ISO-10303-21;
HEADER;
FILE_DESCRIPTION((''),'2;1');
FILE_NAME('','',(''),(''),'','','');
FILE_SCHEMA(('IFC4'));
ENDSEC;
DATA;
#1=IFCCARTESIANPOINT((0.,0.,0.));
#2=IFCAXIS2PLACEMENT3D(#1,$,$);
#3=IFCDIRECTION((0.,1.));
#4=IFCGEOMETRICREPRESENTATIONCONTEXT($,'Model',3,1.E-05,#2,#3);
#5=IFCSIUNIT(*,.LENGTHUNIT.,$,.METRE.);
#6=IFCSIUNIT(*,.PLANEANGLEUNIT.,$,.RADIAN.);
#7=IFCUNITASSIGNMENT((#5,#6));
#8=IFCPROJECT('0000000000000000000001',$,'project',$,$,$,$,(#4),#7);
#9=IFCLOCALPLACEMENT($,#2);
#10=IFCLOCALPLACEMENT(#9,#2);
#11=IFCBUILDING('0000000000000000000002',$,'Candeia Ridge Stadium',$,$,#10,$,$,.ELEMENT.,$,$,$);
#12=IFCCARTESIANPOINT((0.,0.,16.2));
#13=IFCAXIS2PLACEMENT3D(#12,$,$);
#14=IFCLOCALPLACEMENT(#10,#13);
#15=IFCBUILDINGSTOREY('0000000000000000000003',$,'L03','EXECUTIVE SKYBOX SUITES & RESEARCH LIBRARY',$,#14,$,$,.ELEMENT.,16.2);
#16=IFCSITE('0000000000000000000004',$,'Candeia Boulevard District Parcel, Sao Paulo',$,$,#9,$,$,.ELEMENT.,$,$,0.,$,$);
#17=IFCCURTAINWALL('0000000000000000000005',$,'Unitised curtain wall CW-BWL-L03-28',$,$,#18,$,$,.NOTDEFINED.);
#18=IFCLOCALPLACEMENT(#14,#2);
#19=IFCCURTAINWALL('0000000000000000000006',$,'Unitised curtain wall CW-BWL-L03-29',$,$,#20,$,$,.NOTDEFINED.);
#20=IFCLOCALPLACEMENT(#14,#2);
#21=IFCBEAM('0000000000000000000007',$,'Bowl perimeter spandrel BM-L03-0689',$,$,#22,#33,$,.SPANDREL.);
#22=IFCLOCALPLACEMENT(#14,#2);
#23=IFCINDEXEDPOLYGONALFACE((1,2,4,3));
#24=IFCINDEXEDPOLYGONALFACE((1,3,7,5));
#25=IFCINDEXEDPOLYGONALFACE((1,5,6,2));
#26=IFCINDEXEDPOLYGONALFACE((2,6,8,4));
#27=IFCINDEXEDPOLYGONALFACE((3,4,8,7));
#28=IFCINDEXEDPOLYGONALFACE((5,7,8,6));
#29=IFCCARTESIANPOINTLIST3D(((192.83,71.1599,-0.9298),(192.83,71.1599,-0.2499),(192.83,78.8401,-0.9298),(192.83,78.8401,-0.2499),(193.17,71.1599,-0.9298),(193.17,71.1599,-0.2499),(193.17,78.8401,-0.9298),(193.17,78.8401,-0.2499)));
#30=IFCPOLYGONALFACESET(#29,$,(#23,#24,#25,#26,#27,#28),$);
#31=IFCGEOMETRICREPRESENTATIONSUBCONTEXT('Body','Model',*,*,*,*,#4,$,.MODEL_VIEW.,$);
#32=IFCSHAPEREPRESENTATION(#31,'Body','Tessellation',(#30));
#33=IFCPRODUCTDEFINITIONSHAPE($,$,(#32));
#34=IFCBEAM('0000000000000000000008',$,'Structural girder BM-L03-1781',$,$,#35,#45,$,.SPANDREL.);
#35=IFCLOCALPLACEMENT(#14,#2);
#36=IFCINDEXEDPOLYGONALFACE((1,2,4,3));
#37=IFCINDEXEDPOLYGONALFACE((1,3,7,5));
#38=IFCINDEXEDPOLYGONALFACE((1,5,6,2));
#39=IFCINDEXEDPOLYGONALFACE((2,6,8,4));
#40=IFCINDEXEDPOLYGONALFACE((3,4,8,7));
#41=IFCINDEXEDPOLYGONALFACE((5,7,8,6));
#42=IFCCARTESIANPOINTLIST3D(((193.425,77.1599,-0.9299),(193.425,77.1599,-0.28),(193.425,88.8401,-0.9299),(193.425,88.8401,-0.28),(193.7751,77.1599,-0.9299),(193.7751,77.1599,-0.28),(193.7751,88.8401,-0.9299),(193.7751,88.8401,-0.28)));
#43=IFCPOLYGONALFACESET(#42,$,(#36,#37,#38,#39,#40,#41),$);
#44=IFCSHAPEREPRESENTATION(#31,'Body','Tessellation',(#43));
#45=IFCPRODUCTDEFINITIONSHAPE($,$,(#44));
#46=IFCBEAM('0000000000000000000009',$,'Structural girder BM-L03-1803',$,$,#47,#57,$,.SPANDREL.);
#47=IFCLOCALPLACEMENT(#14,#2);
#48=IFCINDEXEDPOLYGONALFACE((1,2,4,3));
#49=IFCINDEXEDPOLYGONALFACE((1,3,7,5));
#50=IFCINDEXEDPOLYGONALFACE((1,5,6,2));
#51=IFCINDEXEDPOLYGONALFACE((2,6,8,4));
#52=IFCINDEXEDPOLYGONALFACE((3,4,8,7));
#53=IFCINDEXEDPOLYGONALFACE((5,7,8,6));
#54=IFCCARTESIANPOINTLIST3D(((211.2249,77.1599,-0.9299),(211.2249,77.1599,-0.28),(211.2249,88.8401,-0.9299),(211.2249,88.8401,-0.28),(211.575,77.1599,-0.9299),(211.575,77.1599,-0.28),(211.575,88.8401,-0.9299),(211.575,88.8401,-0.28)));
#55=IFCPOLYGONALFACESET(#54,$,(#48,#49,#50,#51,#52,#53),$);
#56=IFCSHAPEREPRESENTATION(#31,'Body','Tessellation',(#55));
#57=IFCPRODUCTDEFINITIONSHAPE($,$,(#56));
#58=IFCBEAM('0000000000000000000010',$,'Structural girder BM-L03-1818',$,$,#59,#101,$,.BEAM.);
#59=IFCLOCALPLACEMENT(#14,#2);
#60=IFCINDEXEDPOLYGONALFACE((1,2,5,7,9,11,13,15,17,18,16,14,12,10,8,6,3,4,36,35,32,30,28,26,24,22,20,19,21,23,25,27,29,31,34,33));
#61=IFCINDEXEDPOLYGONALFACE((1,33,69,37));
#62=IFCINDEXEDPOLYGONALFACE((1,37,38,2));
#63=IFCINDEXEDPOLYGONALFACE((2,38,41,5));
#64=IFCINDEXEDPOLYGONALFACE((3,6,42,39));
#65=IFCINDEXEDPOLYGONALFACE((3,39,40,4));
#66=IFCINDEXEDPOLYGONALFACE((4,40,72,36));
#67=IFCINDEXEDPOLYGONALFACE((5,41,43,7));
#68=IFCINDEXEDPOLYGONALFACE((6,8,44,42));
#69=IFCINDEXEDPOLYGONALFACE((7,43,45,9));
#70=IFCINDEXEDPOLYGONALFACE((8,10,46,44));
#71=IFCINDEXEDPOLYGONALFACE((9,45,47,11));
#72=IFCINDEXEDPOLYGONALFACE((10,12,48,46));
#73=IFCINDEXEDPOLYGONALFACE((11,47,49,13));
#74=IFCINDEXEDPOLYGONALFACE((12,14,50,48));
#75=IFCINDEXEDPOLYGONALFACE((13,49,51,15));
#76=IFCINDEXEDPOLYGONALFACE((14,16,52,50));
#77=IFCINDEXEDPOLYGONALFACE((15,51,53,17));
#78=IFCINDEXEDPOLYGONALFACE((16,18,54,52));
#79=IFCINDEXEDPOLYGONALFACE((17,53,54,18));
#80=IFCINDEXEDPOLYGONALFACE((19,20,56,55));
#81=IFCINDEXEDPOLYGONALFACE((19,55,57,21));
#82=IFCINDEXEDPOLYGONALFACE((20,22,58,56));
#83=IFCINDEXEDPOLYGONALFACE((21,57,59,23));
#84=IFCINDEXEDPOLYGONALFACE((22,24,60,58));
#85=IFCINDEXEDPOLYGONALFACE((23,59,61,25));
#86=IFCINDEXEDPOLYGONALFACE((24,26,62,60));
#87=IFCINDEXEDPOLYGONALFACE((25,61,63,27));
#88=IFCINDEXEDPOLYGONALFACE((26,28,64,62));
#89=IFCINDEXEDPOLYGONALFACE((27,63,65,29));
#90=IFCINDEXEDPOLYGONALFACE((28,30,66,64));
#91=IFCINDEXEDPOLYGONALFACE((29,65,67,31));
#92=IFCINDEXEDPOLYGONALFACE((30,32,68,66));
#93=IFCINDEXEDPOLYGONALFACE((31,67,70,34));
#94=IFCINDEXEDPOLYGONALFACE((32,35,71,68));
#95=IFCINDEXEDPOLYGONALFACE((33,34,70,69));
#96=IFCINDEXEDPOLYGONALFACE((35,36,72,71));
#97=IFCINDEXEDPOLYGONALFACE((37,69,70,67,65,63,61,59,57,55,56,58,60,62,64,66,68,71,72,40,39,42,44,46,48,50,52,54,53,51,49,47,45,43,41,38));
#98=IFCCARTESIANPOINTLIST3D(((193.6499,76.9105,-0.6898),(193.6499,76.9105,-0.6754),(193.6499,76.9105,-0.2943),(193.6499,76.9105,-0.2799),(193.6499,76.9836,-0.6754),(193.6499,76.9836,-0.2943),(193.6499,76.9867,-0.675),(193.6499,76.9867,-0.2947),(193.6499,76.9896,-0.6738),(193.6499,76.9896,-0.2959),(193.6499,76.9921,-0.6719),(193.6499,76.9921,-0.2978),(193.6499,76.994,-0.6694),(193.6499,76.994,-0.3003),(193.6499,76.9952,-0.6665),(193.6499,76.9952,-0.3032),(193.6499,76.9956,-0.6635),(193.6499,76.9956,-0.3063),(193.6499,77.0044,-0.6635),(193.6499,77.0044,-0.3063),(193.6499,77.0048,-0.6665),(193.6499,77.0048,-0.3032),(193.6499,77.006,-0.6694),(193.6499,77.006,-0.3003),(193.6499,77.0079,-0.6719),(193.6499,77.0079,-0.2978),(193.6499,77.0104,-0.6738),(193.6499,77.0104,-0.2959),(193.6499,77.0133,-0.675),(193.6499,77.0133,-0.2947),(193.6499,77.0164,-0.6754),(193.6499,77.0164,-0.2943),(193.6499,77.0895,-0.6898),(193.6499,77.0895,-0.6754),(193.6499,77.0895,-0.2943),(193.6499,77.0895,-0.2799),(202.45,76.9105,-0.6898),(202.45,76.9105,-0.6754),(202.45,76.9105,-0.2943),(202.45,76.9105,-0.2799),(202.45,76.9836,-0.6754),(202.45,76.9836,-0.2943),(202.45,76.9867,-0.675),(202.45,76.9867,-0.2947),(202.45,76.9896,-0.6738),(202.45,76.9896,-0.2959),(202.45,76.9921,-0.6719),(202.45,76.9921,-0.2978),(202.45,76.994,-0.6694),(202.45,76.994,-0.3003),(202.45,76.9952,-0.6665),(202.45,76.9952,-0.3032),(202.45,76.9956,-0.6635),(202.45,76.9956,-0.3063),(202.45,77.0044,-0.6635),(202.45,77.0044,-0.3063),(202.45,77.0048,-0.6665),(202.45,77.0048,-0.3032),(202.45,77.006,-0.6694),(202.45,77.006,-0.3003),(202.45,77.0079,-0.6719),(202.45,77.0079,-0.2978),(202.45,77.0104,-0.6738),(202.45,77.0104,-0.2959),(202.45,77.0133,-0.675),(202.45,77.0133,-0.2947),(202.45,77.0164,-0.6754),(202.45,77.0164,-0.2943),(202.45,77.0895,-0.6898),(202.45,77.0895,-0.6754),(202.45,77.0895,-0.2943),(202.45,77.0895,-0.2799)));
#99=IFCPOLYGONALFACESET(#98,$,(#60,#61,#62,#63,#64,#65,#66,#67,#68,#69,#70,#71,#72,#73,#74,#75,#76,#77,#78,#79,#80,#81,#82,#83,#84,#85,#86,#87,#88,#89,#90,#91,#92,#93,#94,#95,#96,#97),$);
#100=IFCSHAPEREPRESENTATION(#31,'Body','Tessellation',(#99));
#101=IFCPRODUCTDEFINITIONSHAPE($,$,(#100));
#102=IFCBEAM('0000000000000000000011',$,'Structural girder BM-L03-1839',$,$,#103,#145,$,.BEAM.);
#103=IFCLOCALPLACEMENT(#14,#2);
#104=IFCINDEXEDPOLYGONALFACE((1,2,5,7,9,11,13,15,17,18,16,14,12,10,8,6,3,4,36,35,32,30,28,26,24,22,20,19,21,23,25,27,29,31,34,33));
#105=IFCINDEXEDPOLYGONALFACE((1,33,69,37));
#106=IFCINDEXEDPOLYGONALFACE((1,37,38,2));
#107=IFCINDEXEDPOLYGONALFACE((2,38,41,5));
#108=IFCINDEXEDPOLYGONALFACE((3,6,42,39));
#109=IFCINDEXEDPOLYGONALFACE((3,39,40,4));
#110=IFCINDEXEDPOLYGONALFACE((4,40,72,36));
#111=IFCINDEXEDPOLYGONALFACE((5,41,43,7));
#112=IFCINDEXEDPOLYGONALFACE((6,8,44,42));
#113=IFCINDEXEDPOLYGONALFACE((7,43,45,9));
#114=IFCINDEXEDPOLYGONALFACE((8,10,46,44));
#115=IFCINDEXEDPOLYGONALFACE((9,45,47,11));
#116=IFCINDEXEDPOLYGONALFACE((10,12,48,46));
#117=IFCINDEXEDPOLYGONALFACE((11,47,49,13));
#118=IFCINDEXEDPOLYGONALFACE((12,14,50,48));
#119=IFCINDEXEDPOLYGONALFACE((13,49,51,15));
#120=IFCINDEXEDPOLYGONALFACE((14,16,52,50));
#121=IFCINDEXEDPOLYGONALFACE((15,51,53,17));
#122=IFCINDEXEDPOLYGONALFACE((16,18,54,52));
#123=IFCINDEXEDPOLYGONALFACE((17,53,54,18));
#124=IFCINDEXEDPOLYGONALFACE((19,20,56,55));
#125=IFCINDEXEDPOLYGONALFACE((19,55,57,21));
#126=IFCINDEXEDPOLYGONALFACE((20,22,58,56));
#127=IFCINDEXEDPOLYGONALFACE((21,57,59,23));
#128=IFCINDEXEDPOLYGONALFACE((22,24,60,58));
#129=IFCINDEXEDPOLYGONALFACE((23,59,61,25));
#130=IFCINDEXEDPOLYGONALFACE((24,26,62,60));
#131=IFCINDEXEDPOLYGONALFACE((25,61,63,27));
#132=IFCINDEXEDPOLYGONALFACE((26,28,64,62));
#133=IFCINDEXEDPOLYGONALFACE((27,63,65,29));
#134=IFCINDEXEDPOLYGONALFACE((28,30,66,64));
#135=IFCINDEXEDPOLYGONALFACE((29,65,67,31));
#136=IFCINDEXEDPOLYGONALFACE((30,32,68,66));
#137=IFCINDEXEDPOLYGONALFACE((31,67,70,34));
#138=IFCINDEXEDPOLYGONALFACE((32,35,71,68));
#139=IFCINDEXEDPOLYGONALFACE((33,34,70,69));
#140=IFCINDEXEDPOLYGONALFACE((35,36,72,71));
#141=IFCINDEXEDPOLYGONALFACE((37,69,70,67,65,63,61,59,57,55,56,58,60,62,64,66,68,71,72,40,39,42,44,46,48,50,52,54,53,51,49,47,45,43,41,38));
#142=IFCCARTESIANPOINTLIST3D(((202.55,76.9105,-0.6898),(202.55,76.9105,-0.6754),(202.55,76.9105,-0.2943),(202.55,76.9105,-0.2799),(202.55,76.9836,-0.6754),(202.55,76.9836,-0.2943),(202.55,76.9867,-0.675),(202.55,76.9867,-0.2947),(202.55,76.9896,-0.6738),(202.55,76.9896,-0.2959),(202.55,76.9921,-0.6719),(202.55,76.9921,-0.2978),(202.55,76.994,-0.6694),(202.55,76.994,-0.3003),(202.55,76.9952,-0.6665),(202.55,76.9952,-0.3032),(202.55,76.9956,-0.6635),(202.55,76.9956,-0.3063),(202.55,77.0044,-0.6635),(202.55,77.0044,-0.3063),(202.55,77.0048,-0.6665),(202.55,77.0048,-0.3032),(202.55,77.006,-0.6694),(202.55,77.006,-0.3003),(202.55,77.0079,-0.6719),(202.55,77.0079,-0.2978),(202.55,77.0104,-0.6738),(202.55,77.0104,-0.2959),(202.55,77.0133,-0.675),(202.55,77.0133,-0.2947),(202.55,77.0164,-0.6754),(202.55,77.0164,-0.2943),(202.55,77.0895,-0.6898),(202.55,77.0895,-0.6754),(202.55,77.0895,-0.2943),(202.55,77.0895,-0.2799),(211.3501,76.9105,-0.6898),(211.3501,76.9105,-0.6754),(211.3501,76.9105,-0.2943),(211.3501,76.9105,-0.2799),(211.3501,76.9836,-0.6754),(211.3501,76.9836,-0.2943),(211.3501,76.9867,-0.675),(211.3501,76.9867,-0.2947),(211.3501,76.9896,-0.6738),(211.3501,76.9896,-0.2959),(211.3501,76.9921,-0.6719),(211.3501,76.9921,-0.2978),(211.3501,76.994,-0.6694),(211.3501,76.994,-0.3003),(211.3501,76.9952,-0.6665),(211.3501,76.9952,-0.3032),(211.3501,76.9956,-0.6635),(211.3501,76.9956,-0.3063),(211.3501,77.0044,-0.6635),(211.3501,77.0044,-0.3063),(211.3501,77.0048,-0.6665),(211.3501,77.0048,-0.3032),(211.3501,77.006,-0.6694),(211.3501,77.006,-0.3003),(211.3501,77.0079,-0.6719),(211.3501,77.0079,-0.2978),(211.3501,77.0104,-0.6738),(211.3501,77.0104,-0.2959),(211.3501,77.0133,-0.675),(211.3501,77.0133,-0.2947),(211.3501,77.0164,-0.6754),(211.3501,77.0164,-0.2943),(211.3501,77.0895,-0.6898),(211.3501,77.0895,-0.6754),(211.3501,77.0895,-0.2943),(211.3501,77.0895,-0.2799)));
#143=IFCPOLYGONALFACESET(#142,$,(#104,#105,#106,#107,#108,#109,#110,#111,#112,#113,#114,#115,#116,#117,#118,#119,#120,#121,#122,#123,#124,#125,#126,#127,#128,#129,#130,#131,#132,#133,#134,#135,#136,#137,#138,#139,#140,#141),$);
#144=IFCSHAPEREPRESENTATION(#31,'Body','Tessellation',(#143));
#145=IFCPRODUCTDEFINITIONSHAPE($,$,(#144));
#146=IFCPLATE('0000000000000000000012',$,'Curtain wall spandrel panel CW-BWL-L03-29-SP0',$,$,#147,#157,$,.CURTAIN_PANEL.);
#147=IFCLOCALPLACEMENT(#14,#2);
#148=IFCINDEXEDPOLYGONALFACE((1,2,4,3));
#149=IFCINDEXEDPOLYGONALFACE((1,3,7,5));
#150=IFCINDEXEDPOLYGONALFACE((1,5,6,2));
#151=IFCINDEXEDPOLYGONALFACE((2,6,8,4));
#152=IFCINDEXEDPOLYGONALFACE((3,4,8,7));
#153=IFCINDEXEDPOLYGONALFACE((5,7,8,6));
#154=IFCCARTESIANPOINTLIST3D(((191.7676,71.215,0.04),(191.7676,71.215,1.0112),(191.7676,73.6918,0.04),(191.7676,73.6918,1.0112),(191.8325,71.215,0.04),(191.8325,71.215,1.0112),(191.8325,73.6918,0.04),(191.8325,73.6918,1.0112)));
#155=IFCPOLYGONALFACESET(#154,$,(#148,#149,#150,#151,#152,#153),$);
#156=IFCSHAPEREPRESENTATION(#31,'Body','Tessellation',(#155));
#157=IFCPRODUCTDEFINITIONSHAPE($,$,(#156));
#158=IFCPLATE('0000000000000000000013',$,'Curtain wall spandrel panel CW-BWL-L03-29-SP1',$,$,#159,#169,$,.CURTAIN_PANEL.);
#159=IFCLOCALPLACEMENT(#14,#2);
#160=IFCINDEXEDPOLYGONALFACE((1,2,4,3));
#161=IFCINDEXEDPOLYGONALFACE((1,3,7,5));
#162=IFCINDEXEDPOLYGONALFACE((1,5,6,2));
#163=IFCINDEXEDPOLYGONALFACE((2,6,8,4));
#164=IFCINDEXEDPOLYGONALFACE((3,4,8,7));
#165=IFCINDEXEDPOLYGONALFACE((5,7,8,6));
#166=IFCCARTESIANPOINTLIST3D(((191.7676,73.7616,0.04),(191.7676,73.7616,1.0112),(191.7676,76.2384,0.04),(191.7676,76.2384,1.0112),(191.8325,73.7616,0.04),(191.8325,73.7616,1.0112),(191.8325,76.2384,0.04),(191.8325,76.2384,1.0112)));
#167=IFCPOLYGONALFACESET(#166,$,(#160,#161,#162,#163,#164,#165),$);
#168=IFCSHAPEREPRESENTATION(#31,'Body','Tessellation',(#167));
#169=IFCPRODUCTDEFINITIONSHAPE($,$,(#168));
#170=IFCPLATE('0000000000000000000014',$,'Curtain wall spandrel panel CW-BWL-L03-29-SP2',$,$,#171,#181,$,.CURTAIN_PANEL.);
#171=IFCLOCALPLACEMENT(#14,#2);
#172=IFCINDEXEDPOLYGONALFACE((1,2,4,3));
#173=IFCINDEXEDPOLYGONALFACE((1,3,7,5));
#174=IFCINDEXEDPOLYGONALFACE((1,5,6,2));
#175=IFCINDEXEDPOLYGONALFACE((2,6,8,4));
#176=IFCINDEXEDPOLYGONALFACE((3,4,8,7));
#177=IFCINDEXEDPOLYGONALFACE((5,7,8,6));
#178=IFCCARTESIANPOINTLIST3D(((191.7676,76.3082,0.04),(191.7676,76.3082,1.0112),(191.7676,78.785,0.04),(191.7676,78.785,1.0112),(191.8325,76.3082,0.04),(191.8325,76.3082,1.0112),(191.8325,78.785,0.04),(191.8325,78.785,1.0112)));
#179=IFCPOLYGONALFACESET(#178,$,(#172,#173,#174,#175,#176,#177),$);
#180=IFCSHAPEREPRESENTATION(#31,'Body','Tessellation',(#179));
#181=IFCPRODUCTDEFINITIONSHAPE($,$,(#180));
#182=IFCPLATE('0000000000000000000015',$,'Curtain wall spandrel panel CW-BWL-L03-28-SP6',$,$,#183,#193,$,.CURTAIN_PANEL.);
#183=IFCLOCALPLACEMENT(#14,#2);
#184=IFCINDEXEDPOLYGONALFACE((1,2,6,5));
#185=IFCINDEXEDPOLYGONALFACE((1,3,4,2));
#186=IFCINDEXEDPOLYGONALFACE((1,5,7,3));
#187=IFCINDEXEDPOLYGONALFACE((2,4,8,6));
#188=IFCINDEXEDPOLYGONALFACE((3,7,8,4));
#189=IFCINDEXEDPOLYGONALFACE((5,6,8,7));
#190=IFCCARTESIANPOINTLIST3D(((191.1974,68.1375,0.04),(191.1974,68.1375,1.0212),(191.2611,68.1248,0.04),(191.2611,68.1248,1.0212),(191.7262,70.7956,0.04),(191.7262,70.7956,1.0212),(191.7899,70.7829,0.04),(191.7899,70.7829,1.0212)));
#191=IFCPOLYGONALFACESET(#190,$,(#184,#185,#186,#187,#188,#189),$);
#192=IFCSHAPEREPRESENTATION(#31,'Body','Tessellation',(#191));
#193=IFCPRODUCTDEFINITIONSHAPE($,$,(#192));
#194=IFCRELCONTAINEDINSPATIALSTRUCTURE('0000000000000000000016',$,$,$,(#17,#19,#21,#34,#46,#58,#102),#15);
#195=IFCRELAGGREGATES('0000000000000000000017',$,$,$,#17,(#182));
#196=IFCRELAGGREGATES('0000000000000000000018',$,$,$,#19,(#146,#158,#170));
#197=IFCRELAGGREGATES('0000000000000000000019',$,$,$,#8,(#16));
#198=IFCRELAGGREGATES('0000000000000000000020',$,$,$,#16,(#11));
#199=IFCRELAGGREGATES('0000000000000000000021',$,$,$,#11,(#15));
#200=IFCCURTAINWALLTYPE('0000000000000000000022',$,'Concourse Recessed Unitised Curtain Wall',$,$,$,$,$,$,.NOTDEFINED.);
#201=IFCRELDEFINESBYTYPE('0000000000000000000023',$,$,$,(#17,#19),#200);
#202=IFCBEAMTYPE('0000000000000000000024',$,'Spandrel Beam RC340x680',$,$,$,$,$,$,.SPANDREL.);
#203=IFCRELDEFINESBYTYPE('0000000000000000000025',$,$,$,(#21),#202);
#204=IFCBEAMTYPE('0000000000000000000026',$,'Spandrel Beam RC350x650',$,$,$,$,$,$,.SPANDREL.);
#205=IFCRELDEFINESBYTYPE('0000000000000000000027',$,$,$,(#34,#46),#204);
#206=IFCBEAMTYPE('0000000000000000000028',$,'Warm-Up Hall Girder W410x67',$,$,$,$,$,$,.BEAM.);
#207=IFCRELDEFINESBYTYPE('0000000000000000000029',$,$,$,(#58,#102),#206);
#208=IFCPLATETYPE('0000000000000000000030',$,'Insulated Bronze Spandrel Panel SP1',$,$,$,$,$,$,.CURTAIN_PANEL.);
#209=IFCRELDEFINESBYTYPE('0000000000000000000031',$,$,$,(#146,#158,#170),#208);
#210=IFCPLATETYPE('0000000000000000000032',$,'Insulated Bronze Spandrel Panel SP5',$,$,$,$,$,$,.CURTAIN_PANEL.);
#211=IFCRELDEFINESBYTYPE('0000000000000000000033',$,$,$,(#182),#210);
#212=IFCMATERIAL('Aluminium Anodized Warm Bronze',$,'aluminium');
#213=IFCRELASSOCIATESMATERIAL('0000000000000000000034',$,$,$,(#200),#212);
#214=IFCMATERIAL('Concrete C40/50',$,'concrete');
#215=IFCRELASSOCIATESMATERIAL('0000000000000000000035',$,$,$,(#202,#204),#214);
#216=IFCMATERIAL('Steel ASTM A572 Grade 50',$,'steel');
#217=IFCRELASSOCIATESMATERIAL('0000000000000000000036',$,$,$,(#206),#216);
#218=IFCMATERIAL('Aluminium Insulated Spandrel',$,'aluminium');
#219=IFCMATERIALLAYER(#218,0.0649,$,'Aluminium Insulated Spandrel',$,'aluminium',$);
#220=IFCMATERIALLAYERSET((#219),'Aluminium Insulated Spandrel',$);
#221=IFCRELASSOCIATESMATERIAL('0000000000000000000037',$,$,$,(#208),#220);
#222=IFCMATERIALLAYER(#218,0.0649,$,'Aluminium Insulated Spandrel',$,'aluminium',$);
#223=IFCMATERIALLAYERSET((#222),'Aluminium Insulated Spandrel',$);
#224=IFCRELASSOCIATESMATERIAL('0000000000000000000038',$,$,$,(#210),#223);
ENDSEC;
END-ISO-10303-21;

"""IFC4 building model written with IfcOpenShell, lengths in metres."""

from ifc_helpers import new_model, si_unit, direction, frame, origin, origin_2d, place, context, subcontext, project, spatial, rectangle, i_section, extrude, material, layer, layer_set, material_profile, profile_set, type_object, element, aggregate, save


model = new_model("IFC4")

# Units and contexts
model_context = context("Model", 3, precision=1e-05, world=origin(), true_north=direction((0.0, 1.0)))
body_context = subcontext(model_context, "Body", "Model", "MODEL_VIEW")
ifc_project = project(units=[si_unit("LENGTHUNIT", "METRE"), si_unit("PLANEANGLEUNIT", "RADIAN")], contexts=[model_context])

# Site, building, storey
site_placement = place(None, origin())
site = spatial("IfcSite", under=ifc_project, at=site_placement, Name="Candeia Boulevard District Parcel, Sao Paulo", CompositionType="ELEMENT", RefElevation=0.0)
building_placement = place(site_placement, origin())
building = spatial("IfcBuilding", under=site, at=building_placement, Name="Candeia Ridge Stadium", CompositionType="ELEMENT")
storey_placement = place(building_placement, frame((0.0, 0.0, 16.2)))
storey = spatial("IfcBuildingStorey", under=building, at=storey_placement, Name="L03", Description="EXECUTIVE SKYBOX SUITES & RESEARCH LIBRARY", CompositionType="ELEMENT", Elevation=16.2)

# Curtain wall
ifc_material_1 = material(Name="Aluminium Anodized Warm Bronze", Category="aluminium")
curtain_wall_type = type_object("IfcCurtainWallType", Name="Concourse Recessed Unitised Curtain Wall", PredefinedType="NOTDEFINED", material=ifc_material_1)
curtain_wall_1_placement = place(storey_placement, origin())
curtain_wall_1 = element("IfcCurtainWall", 1, at=curtain_wall_1_placement, inside=storey, type_object=curtain_wall_type, Name="Unitised curtain wall CW-BWL-L03-28", PredefinedType="NOTDEFINED")

# Curtain wall
curtain_wall_2_placement = place(storey_placement, origin())
curtain_wall_2 = element("IfcCurtainWall", 2, at=curtain_wall_2_placement, inside=storey, type_object=curtain_wall_type, Name="Unitised curtain wall CW-BWL-L03-29", PredefinedType="NOTDEFINED")

# Beams
ifc_material_2 = material(Name="Concrete C40/50", Category="concrete")
ifc_material_profile_1 = material_profile(ifc_material_2, rectangle(XDim=0.3401, YDim=0.6799, at=origin_2d()), Name="RC340x680", Category="concrete")
ifc_profile_set_1 = profile_set([ifc_material_profile_1], Name="Concrete C40/50")
beam_type_1 = type_object("IfcBeamType", Name="Spandrel Beam RC340x680", PredefinedType="SPANDREL", material=ifc_profile_set_1)
beam_1_placement = place(storey_placement, frame((193.0, 71.1599, -0.5898), z_axis=(0.0, 1.0, 0.0), x_axis=(-1.0, 0.0, 0.0)))
element("IfcBeam", 3, at=beam_1_placement, inside=storey, type_object=beam_type_1, Name="Bowl perimeter spandrel BM-L03-0689", PredefinedType="SPANDREL", context=body_context, shape_type="SweptSolid", body=[
    extrude(rectangle(XDim=0.3401, YDim=0.6799, at=origin_2d()), origin(), (0.0, 0.0, 1.0), 7.6802),
])
ifc_material_profile_2 = material_profile(ifc_material_2, rectangle(XDim=0.3501, YDim=0.6499, at=origin_2d()), Name="RC350x650", Category="concrete")
ifc_profile_set_2 = profile_set([ifc_material_profile_2], Name="Concrete C40/50")
beam_type_2 = type_object("IfcBeamType", Name="Spandrel Beam RC350x650", PredefinedType="SPANDREL", material=ifc_profile_set_2)
for number, where, z_axis, x_axis, name in (
    (4, (193.6001, 77.1599, -0.605), (0.0, 1.0, 0.0), (-1.0, 0.0, 0.0), "Structural girder BM-L03-1781"),
    (5, (211.3999, 77.1599, -0.605), (0.0, 1.0, 0.0), (-1.0, 0.0, 0.0), "Structural girder BM-L03-1803"),
):
    element("IfcBeam", number, at=place(storey_placement, frame(where, z_axis=z_axis, x_axis=x_axis)), inside=storey, type_object=beam_type_2, Name=name, PredefinedType="SPANDREL", context=body_context, shape_type="SweptSolid", body=[
        extrude(rectangle(XDim=0.3501, YDim=0.6499, at=origin_2d()), origin(), (0.0, 0.0, 1.0), 11.6802),
    ])
ifc_material_3 = material(Name="Steel ASTM A572 Grade 50", Category="steel")
ifc_material_profile_3 = material_profile(ifc_material_3, i_section(OverallWidth=0.179, OverallDepth=0.4099, WebThickness=0.0088, FlangeThickness=0.0144, FilletRadius=0.012, at=origin_2d()), Name="W410x67", Category="steel")
ifc_profile_set_3 = profile_set([ifc_material_profile_3], Name="Steel ASTM A572 Grade 50")
beam_type_3 = type_object("IfcBeamType", Name="Warm-Up Hall Girder W410x67", PredefinedType="BEAM", material=ifc_profile_set_3)
for number, where, z_axis, x_axis, name in (
    (6, (193.6499, 77.0, -0.4849), (1.0, 0.0, 0.0), (0.0, 1.0, 0.0), "Structural girder BM-L03-1818"),
    (7, (202.55, 77.0, -0.4849), (1.0, 0.0, 0.0), (0.0, 1.0, 0.0), "Structural girder BM-L03-1839"),
):
    element("IfcBeam", number, at=place(storey_placement, frame(where, z_axis=z_axis, x_axis=x_axis)), inside=storey, type_object=beam_type_3, Name=name, PredefinedType="BEAM", context=body_context, shape_type="SweptSolid", body=[
        extrude(i_section(OverallWidth=0.179, OverallDepth=0.4099, WebThickness=0.0088, FlangeThickness=0.0144, FilletRadius=0.012, at=origin_2d()), origin(), (0.0, 0.0, 1.0), 8.8),
    ])

# Plates
ifc_material_4 = material(Name="Aluminium Insulated Spandrel", Category="aluminium")
ifc_layer_1 = layer(ifc_material_4, 0.0649, Name="Aluminium Insulated Spandrel", Category="aluminium")
ifc_layer_set_1 = layer_set([ifc_layer_1], Name="Aluminium Insulated Spandrel")
plate_type_1 = type_object("IfcPlateType", Name="Insulated Bronze Spandrel Panel SP1", PredefinedType="CURTAIN_PANEL", material=ifc_layer_set_1)
plate_1_placement = place(storey_placement, frame((191.8, 72.4534, 0.04), z_axis=(0.0, 0.0, 1.0), x_axis=(0.0, 1.0, 0.0)))
plate_1 = element("IfcPlate", 8, at=plate_1_placement, type_object=plate_type_1, Name="Curtain wall spandrel panel CW-BWL-L03-29-SP0", PredefinedType="CURTAIN_PANEL", context=body_context, shape_type="SweptSolid", body=[
    extrude(rectangle(XDim=2.4768, YDim=0.0649, at=origin_2d()), origin(), (0.0, 0.0, 1.0), 0.9712),
])
plate_2_placement = place(storey_placement, frame((191.8, 75.0, 0.04), z_axis=(0.0, 0.0, 1.0), x_axis=(0.0, 1.0, 0.0)))
plate_2 = element("IfcPlate", 9, at=plate_2_placement, type_object=plate_type_1, Name="Curtain wall spandrel panel CW-BWL-L03-29-SP1", PredefinedType="CURTAIN_PANEL", context=body_context, shape_type="SweptSolid", body=[
    extrude(rectangle(XDim=2.4768, YDim=0.0649, at=origin_2d()), origin(), (0.0, 0.0, 1.0), 0.9712),
])
plate_3_placement = place(storey_placement, frame((191.8, 77.5466, 0.04), z_axis=(0.0, 0.0, 1.0), x_axis=(0.0, 1.0, 0.0)))
plate_3 = element("IfcPlate", 10, at=plate_3_placement, type_object=plate_type_1, Name="Curtain wall spandrel panel CW-BWL-L03-29-SP2", PredefinedType="CURTAIN_PANEL", context=body_context, shape_type="SweptSolid", body=[
    extrude(rectangle(XDim=2.4768, YDim=0.0649, at=origin_2d()), origin(), (0.0, 0.0, 1.0), 0.9712),
])
ifc_layer_2 = layer(ifc_material_4, 0.0649, Name="Aluminium Insulated Spandrel", Category="aluminium")
ifc_layer_set_2 = layer_set([ifc_layer_2], Name="Aluminium Insulated Spandrel")
plate_type_2 = type_object("IfcPlateType", Name="Insulated Bronze Spandrel Panel SP5", PredefinedType="CURTAIN_PANEL", material=ifc_layer_set_2)
plate_4_placement = place(storey_placement, frame((191.4937, 69.4602, 0.04), z_axis=(0.0, 0.0, 1.0), x_axis=(0.19509, 0.980785, 0.0)))
plate_4 = element("IfcPlate", 11, at=plate_4_placement, type_object=plate_type_2, Name="Curtain wall spandrel panel CW-BWL-L03-28-SP6", PredefinedType="CURTAIN_PANEL", context=body_context, shape_type="SweptSolid", body=[
    extrude(rectangle(XDim=2.7102, YDim=0.0649, at=origin_2d()), origin(), (0.0, 0.0, 1.0), 0.9812),
])
aggregate(curtain_wall_1, [plate_4])
aggregate(curtain_wall_2, [plate_1, plate_2, plate_3])

save(model, "model.ifc")
